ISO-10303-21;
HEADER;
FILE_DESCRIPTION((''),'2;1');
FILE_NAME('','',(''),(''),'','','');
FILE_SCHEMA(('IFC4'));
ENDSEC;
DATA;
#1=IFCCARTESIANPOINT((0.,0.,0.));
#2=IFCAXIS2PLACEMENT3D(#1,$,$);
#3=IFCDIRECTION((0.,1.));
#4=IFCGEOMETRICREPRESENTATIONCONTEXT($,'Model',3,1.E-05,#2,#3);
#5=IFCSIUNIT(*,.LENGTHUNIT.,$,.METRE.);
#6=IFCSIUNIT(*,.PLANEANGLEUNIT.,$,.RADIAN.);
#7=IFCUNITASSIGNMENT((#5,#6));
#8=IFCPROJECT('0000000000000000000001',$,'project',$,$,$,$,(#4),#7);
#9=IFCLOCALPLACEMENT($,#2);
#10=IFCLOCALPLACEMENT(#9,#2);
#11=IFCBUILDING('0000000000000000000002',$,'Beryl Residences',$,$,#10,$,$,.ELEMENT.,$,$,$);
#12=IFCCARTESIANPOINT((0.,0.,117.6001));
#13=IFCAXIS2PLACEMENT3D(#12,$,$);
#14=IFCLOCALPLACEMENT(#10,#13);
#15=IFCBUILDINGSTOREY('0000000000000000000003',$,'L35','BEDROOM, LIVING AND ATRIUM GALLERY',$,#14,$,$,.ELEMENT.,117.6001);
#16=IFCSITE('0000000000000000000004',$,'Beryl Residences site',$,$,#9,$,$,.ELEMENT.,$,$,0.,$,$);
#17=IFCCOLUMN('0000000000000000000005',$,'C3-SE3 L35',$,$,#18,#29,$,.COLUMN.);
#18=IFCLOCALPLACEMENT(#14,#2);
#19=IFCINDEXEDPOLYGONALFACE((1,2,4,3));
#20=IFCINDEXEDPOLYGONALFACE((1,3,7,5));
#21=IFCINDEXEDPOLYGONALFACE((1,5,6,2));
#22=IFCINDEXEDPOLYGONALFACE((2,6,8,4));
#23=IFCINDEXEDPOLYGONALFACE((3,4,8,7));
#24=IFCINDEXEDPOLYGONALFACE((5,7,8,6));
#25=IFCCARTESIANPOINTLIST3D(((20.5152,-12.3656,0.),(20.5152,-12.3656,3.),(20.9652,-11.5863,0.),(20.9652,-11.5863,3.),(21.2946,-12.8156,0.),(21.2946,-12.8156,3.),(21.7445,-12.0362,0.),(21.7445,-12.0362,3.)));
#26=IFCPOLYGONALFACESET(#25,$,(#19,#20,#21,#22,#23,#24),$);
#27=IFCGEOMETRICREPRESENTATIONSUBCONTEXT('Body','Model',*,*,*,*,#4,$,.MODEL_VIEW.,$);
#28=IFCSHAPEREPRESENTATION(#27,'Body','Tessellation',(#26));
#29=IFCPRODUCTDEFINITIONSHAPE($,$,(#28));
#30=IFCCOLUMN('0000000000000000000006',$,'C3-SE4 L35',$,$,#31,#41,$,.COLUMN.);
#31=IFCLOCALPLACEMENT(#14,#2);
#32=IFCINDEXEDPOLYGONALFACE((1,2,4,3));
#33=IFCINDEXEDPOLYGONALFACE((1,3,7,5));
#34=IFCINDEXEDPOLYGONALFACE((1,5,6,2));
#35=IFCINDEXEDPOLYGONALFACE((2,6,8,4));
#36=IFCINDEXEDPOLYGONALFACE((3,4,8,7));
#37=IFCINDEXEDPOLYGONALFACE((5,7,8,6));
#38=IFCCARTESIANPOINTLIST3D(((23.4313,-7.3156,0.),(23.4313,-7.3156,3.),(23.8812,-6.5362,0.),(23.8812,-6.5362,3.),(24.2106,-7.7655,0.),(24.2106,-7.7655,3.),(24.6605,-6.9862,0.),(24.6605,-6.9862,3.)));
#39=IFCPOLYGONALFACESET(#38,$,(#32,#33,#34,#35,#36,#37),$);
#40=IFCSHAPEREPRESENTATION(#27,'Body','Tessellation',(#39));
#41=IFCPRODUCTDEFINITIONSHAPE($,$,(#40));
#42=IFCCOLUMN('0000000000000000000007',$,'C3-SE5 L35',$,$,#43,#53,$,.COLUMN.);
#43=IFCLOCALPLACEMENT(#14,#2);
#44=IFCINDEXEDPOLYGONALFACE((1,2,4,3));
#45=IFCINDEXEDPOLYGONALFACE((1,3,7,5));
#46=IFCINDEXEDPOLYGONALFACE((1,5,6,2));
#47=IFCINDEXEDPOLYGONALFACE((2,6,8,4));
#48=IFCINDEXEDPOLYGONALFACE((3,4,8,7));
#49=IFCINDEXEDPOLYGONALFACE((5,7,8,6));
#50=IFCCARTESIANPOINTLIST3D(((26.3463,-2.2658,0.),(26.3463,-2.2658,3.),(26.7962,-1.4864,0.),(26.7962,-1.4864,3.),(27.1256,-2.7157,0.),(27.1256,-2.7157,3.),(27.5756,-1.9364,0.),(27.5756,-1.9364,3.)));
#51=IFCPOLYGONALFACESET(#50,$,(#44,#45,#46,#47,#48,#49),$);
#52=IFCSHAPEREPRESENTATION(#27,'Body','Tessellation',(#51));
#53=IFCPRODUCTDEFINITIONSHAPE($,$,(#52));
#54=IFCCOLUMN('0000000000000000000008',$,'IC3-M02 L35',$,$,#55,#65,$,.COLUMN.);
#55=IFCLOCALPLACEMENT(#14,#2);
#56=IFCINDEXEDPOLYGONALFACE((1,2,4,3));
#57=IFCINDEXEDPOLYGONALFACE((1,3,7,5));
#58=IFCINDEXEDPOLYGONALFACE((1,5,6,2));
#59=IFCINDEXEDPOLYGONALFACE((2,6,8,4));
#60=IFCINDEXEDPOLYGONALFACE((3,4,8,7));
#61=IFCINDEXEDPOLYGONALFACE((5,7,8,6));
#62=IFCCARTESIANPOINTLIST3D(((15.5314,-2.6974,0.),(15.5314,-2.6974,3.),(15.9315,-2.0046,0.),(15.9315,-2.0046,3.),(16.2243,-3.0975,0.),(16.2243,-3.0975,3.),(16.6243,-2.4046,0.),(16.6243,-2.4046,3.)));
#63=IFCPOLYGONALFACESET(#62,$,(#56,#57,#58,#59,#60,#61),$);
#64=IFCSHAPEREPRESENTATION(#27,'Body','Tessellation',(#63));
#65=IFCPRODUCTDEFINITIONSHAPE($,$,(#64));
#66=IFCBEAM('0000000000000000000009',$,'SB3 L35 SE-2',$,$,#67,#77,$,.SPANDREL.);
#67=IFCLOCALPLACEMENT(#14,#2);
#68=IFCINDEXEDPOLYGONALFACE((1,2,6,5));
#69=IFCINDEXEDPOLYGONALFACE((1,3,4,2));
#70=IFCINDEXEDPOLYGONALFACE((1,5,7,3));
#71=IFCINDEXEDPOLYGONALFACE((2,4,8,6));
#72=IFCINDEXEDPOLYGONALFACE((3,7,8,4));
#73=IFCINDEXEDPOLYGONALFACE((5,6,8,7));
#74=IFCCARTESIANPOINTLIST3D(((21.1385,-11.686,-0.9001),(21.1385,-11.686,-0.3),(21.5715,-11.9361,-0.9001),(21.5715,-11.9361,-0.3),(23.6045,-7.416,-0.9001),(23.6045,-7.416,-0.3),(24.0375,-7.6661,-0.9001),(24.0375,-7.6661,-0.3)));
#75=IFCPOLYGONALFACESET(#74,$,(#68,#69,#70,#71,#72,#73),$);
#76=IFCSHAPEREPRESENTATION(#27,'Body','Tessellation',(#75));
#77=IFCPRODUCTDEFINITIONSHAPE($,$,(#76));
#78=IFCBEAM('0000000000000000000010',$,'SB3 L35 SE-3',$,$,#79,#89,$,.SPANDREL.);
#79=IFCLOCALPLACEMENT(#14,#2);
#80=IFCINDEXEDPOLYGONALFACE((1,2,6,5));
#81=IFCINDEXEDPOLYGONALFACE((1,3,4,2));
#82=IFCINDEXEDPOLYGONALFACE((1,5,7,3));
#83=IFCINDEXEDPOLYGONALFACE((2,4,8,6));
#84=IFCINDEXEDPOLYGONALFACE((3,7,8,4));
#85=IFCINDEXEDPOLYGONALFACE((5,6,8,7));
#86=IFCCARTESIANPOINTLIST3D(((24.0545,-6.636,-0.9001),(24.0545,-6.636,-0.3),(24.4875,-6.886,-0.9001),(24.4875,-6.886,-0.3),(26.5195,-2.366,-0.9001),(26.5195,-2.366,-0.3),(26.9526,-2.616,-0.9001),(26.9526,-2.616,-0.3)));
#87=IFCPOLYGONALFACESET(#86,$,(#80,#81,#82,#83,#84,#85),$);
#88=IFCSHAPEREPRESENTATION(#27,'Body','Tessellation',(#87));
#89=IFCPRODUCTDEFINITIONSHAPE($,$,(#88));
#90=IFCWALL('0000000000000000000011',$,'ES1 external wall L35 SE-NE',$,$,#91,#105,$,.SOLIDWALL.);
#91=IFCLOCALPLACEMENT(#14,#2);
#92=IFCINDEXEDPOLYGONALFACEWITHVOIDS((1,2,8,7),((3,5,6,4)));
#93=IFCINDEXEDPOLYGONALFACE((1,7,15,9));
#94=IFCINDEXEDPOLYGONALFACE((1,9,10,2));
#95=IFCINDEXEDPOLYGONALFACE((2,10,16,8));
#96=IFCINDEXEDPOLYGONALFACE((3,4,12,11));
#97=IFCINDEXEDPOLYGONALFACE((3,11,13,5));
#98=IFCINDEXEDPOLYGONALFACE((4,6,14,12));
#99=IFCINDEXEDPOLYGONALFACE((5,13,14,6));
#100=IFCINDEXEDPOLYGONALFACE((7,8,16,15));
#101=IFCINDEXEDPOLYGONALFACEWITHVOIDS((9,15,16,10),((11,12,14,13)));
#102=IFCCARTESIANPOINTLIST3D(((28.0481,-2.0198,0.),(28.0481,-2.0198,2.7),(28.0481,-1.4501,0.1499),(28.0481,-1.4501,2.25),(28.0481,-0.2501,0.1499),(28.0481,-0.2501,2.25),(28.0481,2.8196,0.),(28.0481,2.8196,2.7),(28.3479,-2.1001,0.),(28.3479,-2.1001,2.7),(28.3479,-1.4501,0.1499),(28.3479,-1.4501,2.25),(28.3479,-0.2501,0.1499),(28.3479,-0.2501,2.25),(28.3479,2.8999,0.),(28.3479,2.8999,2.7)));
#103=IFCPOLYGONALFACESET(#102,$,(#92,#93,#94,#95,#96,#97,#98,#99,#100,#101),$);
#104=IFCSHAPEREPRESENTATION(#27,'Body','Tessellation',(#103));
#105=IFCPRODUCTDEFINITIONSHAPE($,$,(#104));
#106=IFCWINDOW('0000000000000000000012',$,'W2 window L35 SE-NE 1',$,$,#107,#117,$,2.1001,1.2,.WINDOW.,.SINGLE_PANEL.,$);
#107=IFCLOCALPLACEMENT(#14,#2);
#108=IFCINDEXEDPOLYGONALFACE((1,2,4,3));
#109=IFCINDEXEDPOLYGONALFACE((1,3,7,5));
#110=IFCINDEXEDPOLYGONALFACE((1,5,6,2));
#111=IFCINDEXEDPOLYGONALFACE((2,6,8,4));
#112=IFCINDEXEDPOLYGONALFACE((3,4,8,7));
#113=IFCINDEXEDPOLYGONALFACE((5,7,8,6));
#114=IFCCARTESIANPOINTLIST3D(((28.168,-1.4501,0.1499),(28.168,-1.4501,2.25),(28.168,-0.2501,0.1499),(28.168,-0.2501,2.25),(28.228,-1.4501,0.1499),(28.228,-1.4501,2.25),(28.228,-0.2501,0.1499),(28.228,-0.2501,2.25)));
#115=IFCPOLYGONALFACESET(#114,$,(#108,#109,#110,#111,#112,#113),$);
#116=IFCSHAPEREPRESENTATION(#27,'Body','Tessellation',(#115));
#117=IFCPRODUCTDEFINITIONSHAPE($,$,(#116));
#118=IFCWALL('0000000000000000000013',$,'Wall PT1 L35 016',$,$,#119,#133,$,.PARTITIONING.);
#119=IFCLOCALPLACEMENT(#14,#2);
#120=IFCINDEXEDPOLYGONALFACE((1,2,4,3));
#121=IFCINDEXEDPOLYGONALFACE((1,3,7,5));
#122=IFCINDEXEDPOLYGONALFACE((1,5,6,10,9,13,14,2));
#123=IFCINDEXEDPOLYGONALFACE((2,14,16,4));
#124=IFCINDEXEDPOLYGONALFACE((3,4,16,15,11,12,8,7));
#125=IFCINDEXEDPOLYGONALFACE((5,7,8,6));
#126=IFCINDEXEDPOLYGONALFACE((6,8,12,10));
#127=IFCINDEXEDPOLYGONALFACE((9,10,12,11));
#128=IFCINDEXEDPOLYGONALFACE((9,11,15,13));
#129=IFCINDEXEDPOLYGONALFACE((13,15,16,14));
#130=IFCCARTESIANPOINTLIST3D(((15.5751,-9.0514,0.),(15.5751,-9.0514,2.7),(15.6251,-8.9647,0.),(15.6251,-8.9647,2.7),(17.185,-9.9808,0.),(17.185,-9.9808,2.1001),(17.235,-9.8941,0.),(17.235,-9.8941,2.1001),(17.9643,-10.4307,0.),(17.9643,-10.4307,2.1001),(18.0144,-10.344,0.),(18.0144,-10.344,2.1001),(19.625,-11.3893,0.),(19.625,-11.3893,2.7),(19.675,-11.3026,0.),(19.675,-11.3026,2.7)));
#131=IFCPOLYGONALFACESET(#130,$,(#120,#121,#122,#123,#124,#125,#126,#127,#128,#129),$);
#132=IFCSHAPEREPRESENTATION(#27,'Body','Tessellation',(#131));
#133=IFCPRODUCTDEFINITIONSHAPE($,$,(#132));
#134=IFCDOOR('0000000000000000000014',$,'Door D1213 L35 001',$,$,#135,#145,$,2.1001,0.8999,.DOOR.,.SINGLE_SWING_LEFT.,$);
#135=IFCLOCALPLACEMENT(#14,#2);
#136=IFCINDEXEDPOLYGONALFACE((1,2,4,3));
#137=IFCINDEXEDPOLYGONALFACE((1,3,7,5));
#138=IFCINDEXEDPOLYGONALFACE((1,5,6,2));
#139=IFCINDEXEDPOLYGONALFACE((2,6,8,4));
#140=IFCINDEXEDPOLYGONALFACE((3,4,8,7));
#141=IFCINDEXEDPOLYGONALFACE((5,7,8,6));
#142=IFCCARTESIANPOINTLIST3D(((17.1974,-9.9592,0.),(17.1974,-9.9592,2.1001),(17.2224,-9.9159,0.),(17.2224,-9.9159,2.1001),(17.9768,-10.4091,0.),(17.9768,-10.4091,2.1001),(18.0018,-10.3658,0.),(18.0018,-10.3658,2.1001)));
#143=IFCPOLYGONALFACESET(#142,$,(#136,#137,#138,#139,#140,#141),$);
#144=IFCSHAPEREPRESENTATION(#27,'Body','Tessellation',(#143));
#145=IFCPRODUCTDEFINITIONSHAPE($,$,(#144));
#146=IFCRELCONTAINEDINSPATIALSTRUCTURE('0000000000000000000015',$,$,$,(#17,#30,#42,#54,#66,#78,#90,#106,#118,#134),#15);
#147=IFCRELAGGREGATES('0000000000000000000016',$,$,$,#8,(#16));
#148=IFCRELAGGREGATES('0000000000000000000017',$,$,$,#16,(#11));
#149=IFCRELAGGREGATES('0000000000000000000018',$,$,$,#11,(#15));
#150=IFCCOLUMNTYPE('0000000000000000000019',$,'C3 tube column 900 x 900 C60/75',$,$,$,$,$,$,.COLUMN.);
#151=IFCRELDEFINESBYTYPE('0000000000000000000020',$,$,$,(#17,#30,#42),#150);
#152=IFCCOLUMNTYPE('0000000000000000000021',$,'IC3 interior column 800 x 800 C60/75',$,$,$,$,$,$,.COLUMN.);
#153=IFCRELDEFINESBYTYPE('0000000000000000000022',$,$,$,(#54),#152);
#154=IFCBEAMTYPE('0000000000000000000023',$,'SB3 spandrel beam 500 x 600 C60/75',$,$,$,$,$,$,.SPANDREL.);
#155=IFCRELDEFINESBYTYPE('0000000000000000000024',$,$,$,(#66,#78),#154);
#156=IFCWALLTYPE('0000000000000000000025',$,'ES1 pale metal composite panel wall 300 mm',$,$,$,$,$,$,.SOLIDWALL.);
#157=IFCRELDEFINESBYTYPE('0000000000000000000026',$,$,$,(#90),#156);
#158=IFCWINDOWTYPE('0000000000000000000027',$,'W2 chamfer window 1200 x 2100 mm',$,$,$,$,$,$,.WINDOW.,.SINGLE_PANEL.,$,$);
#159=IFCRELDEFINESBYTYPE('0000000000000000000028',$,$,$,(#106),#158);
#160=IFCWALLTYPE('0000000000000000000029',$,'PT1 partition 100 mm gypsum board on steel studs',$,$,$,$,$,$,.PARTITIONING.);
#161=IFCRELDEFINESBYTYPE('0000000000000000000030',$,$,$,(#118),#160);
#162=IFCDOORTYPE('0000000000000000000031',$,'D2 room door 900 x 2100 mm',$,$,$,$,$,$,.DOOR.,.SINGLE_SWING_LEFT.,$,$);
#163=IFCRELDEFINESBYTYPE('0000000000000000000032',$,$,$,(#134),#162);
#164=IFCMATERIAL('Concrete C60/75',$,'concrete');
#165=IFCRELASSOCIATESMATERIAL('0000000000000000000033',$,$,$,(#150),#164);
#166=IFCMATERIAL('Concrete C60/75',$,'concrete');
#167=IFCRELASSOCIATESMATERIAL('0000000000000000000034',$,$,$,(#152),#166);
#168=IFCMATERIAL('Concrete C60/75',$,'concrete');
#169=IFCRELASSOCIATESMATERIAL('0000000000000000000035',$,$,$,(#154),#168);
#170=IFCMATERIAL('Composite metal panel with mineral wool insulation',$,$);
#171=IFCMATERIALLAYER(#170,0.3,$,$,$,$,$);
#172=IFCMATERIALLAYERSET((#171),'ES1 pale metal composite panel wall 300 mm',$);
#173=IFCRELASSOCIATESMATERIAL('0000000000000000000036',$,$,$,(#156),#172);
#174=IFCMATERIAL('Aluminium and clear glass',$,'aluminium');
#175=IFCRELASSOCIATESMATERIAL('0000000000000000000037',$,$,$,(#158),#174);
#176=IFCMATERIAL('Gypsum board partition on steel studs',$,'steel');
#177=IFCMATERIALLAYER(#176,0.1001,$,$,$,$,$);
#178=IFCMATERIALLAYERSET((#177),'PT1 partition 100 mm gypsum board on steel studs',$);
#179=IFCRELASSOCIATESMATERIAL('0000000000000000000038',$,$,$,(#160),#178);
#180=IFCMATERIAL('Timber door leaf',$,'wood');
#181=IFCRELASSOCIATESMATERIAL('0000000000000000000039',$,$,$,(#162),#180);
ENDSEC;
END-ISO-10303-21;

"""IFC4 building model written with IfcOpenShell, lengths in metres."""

from ifc_helpers import new_model, si_unit, direction, frame, frame_2d, origin, origin_2d, place, context, subcontext, project, spatial, polyline, rectangle, outline, extrude, material, layer, layer_set, material_profile, profile_set, type_object, element, fill, save


model = new_model("IFC4")

# Units and contexts
model_context = context("Model", 3, precision=1e-05, world=origin(), true_north=direction((0.0, 1.0)))
body_context = subcontext(model_context, "Body", "Model", "MODEL_VIEW")
ifc_project = project(units=[si_unit("LENGTHUNIT", "METRE"), si_unit("PLANEANGLEUNIT", "RADIAN")], contexts=[model_context])

# Site, building, storey
site_placement = place(None, origin())
site = spatial("IfcSite", under=ifc_project, at=site_placement, Name="Beryl Residences site", CompositionType="ELEMENT", RefElevation=0.0)
building_placement = place(site_placement, origin())
building = spatial("IfcBuilding", under=site, at=building_placement, Name="Beryl Residences", CompositionType="ELEMENT")
storey_placement = place(building_placement, frame((0.0, 0.0, 117.6001)))
storey = spatial("IfcBuildingStorey", under=building, at=storey_placement, Name="L35", Description="BEDROOM, LIVING AND ATRIUM GALLERY", CompositionType="ELEMENT", Elevation=117.6001)

# Columns
ifc_material_1 = material(Name="Concrete C60/75", Category="concrete")
ifc_material_profile_1 = material_profile(ifc_material_1, rectangle(XDim=0.8999, YDim=0.8999, at=origin_2d()))
ifc_profile_set_1 = profile_set([ifc_material_profile_1], Name="Concrete C60/75")
column_type_1 = type_object("IfcColumnType", Name="C3 tube column 900 x 900 C60/75", PredefinedType="COLUMN", material=ifc_profile_set_1)
for number, where, z_axis, x_axis, name in (
    (1, (21.1299, -12.2009, 0.0), (0.0, 0.0, 1.0), (0.5, 0.866025, 0.0), "C3-SE3 L35"),
    (2, (24.0459, -7.1509, 0.0), (0.0, 0.0, 1.0), (0.5, 0.866025, 0.0), "C3-SE4 L35"),
    (3, (26.9609, -2.1011, 0.0), (0.0, 0.0, 1.0), (0.5, 0.866025, 0.0), "C3-SE5 L35"),
):
    element("IfcColumn", number, at=place(storey_placement, frame(where, z_axis=z_axis, x_axis=x_axis)), inside=storey, type_object=column_type_1, Name=name, PredefinedType="COLUMN", context=body_context, shape_type="SweptSolid", body=[
        extrude(rectangle(XDim=0.8999, YDim=0.8999, at=origin_2d()), origin(), (0.0, 0.0, 1.0), 3.0),
    ])
ifc_material_2 = material(Name="Concrete C60/75", Category="concrete")
ifc_material_profile_2 = material_profile(ifc_material_2, rectangle(XDim=0.8, YDim=0.8, at=origin_2d()))
ifc_profile_set_2 = profile_set([ifc_material_profile_2], Name="Concrete C60/75")
column_type_2 = type_object("IfcColumnType", Name="IC3 interior column 800 x 800 C60/75", PredefinedType="COLUMN", material=ifc_profile_set_2)
column_placement = place(storey_placement, frame((16.0779, -2.551, 0.0), z_axis=(0.0, 0.0, 1.0), x_axis=(0.5, 0.866025, 0.0)))
element("IfcColumn", 4, at=column_placement, inside=storey, type_object=column_type_2, Name="IC3-M02 L35", PredefinedType="COLUMN", context=body_context, shape_type="SweptSolid", body=[
    extrude(rectangle(XDim=0.8, YDim=0.8, at=origin_2d()), origin(), (0.0, 0.0, 1.0), 3.0),
])

# Beams
ifc_material_3 = material(Name="Concrete C60/75", Category="concrete")
ifc_material_profile_3 = material_profile(ifc_material_3, rectangle(XDim=0.5, YDim=0.6001, at=origin_2d()))
ifc_profile_set_3 = profile_set([ifc_material_profile_3], Name="Concrete C60/75")
beam_type = type_object("IfcBeamType", Name="SB3 spandrel beam 500 x 600 C60/75", PredefinedType="SPANDREL", material=ifc_profile_set_3)
beam_1_placement = place(storey_placement, frame((21.355, -11.811, -0.6001), z_axis=(0.500117, 0.865958, 0.0), x_axis=(-0.865958, 0.500117, 0.0)))
element("IfcBeam", 5, at=beam_1_placement, inside=storey, type_object=beam_type, Name="SB3 L35 SE-2", PredefinedType="SPANDREL", context=body_context, shape_type="SweptSolid", body=[
    extrude(rectangle(XDim=0.5, YDim=0.6001, at=origin_2d()), origin(), (0.0, 0.0, 1.0), 4.9309),
])
beam_2_placement = place(storey_placement, frame((24.271, -6.761, -0.6001), z_axis=(0.499968, 0.866044, 0.0), x_axis=(-0.866044, 0.499968, 0.0)))
element("IfcBeam", 6, at=beam_2_placement, inside=storey, type_object=beam_type, Name="SB3 L35 SE-3", PredefinedType="SPANDREL", context=body_context, shape_type="SweptSolid", body=[
    extrude(rectangle(XDim=0.5, YDim=0.6001, at=origin_2d()), origin(), (0.0, 0.0, 1.0), 4.9304),
])

# Wall, opening, window
ifc_material_4 = material(Name="Composite metal panel with mineral wool insulation")
ifc_layer_1 = layer(ifc_material_4, 0.3)
ifc_layer_set_1 = layer_set([ifc_layer_1], Name="ES1 pale metal composite panel wall 300 mm")
wall_type_1 = type_object("IfcWallType", Name="ES1 pale metal composite panel wall 300 mm", PredefinedType="SOLIDWALL", material=ifc_layer_set_1)
wall_1_placement = place(storey_placement, frame((28.198, -2.1001, 0.0), z_axis=(0.0, 0.0, 1.0), x_axis=(0.0, 1.0, 0.0)))
wall_1 = element("IfcWall", 7, at=wall_1_placement, inside=storey, type_object=wall_type_1, Name="ES1 external wall L35 SE-NE", PredefinedType="SOLIDWALL", context=body_context, shape_type="SweptSolid", body=[
    extrude(outline(polyline([(0.0, -0.1499), (5.0, -0.1499), (4.9197, 0.1499), (0.0803, 0.1499), (0.0, -0.1499)])), origin(), (0.0, 0.0, 1.0), 2.7),
])
opening_1_placement = place(wall_1_placement, frame((0.6499, 0.0, 0.1499)))
opening_1 = element("IfcOpeningElement", 8, at=opening_1_placement, cuts=wall_1, PredefinedType="OPENING", context=body_context, shape_type="SweptSolid", body=[
    extrude(rectangle(XDim=1.2, YDim=2.1001, at=frame_2d((0.6001, 1.05))), frame((0.0, 0.1599, 0.0), z_axis=(0.0, -1.0, 0.0), x_axis=(1.0, 0.0, 0.0)), (0.0, 0.0, 1.0), 0.3201),
])
ifc_material_5 = material(Name="Aluminium and clear glass", Category="aluminium")
window_type = type_object("IfcWindowType", Name="W2 chamfer window 1200 x 2100 mm", PartitioningType="SINGLE_PANEL", PredefinedType="WINDOW", material=ifc_material_5)
window_placement = place(opening_1_placement, origin())
window = element("IfcWindow", 9, at=window_placement, inside=storey, type_object=window_type, Name="W2 window L35 SE-NE 1", OverallHeight=2.1001, OverallWidth=1.2, PartitioningType="SINGLE_PANEL", PredefinedType="WINDOW", context=body_context, shape_type="SweptSolid", body=[
    extrude(rectangle(XDim=1.2, YDim=2.1001, at=frame_2d((0.6001, 1.05))), frame((0.0, 0.03, 0.0), z_axis=(0.0, -1.0, 0.0), x_axis=(1.0, 0.0, 0.0)), (0.0, 0.0, 1.0), 0.0601),
])
fill(opening_1, window)

# Wall, opening, door
ifc_material_6 = material(Name="Gypsum board partition on steel studs", Category="steel")
ifc_layer_2 = layer(ifc_material_6, 0.1001)
ifc_layer_set_2 = layer_set([ifc_layer_2], Name="PT1 partition 100 mm gypsum board on steel studs")
wall_type_2 = type_object("IfcWallType", Name="PT1 partition 100 mm gypsum board on steel studs", PredefinedType="PARTITIONING", material=ifc_layer_set_2)
wall_2_placement = place(storey_placement, frame((15.6001, -9.0081, 0.0), z_axis=(0.0, 0.0, 1.0), x_axis=(0.86605, -0.499957, 0.0)))
wall_2 = element("IfcWall", 10, at=wall_2_placement, inside=storey, type_object=wall_type_2, Name="Wall PT1 L35 016", PredefinedType="PARTITIONING", context=body_context, shape_type="SweptSolid", body=[
    extrude(rectangle(XDim=4.6763, YDim=0.1001, at=frame_2d((2.3381, 0.0))), origin(), (0.0, 0.0, 1.0), 2.7),
])
opening_2_placement = place(wall_2_placement, frame((1.8589, 0.0, 0.0)))
opening_2 = element("IfcOpeningElement", 11, at=opening_2_placement, cuts=wall_2, PredefinedType="OPENING", context=body_context, shape_type="SweptSolid", body=[
    extrude(rectangle(XDim=0.8999, YDim=2.1001, at=frame_2d((0.45, 1.05))), frame((0.0, 0.0601, 0.0), z_axis=(0.0, -1.0, 0.0), x_axis=(1.0, 0.0, 0.0)), (0.0, 0.0, 1.0), 0.1201),
])
ifc_material_7 = material(Name="Timber door leaf", Category="wood")
door_type_1 = type_object("IfcDoorType", Name="D2 room door 900 x 2100 mm", OperationType="SINGLE_SWING_LEFT", PredefinedType="DOOR", material=ifc_material_7)
door_1_placement = place(opening_2_placement, origin())
door_1 = element("IfcDoor", 12, at=door_1_placement, inside=storey, type_object=door_type_1, Name="Door D1213 L35 001", OperationType="SINGLE_SWING_LEFT", OverallHeight=2.1001, OverallWidth=0.8999, PredefinedType="DOOR", context=body_context, shape_type="SweptSolid", body=[
    extrude(rectangle(XDim=0.8999, YDim=2.1001, at=frame_2d((0.45, 1.05))), frame((0.0, 0.0249, 0.0), z_axis=(0.0, -1.0, 0.0), x_axis=(1.0, 0.0, 0.0)), (0.0, 0.0, 1.0), 0.05),
])
fill(opening_2, door_1)

save(model, "model.ifc")
